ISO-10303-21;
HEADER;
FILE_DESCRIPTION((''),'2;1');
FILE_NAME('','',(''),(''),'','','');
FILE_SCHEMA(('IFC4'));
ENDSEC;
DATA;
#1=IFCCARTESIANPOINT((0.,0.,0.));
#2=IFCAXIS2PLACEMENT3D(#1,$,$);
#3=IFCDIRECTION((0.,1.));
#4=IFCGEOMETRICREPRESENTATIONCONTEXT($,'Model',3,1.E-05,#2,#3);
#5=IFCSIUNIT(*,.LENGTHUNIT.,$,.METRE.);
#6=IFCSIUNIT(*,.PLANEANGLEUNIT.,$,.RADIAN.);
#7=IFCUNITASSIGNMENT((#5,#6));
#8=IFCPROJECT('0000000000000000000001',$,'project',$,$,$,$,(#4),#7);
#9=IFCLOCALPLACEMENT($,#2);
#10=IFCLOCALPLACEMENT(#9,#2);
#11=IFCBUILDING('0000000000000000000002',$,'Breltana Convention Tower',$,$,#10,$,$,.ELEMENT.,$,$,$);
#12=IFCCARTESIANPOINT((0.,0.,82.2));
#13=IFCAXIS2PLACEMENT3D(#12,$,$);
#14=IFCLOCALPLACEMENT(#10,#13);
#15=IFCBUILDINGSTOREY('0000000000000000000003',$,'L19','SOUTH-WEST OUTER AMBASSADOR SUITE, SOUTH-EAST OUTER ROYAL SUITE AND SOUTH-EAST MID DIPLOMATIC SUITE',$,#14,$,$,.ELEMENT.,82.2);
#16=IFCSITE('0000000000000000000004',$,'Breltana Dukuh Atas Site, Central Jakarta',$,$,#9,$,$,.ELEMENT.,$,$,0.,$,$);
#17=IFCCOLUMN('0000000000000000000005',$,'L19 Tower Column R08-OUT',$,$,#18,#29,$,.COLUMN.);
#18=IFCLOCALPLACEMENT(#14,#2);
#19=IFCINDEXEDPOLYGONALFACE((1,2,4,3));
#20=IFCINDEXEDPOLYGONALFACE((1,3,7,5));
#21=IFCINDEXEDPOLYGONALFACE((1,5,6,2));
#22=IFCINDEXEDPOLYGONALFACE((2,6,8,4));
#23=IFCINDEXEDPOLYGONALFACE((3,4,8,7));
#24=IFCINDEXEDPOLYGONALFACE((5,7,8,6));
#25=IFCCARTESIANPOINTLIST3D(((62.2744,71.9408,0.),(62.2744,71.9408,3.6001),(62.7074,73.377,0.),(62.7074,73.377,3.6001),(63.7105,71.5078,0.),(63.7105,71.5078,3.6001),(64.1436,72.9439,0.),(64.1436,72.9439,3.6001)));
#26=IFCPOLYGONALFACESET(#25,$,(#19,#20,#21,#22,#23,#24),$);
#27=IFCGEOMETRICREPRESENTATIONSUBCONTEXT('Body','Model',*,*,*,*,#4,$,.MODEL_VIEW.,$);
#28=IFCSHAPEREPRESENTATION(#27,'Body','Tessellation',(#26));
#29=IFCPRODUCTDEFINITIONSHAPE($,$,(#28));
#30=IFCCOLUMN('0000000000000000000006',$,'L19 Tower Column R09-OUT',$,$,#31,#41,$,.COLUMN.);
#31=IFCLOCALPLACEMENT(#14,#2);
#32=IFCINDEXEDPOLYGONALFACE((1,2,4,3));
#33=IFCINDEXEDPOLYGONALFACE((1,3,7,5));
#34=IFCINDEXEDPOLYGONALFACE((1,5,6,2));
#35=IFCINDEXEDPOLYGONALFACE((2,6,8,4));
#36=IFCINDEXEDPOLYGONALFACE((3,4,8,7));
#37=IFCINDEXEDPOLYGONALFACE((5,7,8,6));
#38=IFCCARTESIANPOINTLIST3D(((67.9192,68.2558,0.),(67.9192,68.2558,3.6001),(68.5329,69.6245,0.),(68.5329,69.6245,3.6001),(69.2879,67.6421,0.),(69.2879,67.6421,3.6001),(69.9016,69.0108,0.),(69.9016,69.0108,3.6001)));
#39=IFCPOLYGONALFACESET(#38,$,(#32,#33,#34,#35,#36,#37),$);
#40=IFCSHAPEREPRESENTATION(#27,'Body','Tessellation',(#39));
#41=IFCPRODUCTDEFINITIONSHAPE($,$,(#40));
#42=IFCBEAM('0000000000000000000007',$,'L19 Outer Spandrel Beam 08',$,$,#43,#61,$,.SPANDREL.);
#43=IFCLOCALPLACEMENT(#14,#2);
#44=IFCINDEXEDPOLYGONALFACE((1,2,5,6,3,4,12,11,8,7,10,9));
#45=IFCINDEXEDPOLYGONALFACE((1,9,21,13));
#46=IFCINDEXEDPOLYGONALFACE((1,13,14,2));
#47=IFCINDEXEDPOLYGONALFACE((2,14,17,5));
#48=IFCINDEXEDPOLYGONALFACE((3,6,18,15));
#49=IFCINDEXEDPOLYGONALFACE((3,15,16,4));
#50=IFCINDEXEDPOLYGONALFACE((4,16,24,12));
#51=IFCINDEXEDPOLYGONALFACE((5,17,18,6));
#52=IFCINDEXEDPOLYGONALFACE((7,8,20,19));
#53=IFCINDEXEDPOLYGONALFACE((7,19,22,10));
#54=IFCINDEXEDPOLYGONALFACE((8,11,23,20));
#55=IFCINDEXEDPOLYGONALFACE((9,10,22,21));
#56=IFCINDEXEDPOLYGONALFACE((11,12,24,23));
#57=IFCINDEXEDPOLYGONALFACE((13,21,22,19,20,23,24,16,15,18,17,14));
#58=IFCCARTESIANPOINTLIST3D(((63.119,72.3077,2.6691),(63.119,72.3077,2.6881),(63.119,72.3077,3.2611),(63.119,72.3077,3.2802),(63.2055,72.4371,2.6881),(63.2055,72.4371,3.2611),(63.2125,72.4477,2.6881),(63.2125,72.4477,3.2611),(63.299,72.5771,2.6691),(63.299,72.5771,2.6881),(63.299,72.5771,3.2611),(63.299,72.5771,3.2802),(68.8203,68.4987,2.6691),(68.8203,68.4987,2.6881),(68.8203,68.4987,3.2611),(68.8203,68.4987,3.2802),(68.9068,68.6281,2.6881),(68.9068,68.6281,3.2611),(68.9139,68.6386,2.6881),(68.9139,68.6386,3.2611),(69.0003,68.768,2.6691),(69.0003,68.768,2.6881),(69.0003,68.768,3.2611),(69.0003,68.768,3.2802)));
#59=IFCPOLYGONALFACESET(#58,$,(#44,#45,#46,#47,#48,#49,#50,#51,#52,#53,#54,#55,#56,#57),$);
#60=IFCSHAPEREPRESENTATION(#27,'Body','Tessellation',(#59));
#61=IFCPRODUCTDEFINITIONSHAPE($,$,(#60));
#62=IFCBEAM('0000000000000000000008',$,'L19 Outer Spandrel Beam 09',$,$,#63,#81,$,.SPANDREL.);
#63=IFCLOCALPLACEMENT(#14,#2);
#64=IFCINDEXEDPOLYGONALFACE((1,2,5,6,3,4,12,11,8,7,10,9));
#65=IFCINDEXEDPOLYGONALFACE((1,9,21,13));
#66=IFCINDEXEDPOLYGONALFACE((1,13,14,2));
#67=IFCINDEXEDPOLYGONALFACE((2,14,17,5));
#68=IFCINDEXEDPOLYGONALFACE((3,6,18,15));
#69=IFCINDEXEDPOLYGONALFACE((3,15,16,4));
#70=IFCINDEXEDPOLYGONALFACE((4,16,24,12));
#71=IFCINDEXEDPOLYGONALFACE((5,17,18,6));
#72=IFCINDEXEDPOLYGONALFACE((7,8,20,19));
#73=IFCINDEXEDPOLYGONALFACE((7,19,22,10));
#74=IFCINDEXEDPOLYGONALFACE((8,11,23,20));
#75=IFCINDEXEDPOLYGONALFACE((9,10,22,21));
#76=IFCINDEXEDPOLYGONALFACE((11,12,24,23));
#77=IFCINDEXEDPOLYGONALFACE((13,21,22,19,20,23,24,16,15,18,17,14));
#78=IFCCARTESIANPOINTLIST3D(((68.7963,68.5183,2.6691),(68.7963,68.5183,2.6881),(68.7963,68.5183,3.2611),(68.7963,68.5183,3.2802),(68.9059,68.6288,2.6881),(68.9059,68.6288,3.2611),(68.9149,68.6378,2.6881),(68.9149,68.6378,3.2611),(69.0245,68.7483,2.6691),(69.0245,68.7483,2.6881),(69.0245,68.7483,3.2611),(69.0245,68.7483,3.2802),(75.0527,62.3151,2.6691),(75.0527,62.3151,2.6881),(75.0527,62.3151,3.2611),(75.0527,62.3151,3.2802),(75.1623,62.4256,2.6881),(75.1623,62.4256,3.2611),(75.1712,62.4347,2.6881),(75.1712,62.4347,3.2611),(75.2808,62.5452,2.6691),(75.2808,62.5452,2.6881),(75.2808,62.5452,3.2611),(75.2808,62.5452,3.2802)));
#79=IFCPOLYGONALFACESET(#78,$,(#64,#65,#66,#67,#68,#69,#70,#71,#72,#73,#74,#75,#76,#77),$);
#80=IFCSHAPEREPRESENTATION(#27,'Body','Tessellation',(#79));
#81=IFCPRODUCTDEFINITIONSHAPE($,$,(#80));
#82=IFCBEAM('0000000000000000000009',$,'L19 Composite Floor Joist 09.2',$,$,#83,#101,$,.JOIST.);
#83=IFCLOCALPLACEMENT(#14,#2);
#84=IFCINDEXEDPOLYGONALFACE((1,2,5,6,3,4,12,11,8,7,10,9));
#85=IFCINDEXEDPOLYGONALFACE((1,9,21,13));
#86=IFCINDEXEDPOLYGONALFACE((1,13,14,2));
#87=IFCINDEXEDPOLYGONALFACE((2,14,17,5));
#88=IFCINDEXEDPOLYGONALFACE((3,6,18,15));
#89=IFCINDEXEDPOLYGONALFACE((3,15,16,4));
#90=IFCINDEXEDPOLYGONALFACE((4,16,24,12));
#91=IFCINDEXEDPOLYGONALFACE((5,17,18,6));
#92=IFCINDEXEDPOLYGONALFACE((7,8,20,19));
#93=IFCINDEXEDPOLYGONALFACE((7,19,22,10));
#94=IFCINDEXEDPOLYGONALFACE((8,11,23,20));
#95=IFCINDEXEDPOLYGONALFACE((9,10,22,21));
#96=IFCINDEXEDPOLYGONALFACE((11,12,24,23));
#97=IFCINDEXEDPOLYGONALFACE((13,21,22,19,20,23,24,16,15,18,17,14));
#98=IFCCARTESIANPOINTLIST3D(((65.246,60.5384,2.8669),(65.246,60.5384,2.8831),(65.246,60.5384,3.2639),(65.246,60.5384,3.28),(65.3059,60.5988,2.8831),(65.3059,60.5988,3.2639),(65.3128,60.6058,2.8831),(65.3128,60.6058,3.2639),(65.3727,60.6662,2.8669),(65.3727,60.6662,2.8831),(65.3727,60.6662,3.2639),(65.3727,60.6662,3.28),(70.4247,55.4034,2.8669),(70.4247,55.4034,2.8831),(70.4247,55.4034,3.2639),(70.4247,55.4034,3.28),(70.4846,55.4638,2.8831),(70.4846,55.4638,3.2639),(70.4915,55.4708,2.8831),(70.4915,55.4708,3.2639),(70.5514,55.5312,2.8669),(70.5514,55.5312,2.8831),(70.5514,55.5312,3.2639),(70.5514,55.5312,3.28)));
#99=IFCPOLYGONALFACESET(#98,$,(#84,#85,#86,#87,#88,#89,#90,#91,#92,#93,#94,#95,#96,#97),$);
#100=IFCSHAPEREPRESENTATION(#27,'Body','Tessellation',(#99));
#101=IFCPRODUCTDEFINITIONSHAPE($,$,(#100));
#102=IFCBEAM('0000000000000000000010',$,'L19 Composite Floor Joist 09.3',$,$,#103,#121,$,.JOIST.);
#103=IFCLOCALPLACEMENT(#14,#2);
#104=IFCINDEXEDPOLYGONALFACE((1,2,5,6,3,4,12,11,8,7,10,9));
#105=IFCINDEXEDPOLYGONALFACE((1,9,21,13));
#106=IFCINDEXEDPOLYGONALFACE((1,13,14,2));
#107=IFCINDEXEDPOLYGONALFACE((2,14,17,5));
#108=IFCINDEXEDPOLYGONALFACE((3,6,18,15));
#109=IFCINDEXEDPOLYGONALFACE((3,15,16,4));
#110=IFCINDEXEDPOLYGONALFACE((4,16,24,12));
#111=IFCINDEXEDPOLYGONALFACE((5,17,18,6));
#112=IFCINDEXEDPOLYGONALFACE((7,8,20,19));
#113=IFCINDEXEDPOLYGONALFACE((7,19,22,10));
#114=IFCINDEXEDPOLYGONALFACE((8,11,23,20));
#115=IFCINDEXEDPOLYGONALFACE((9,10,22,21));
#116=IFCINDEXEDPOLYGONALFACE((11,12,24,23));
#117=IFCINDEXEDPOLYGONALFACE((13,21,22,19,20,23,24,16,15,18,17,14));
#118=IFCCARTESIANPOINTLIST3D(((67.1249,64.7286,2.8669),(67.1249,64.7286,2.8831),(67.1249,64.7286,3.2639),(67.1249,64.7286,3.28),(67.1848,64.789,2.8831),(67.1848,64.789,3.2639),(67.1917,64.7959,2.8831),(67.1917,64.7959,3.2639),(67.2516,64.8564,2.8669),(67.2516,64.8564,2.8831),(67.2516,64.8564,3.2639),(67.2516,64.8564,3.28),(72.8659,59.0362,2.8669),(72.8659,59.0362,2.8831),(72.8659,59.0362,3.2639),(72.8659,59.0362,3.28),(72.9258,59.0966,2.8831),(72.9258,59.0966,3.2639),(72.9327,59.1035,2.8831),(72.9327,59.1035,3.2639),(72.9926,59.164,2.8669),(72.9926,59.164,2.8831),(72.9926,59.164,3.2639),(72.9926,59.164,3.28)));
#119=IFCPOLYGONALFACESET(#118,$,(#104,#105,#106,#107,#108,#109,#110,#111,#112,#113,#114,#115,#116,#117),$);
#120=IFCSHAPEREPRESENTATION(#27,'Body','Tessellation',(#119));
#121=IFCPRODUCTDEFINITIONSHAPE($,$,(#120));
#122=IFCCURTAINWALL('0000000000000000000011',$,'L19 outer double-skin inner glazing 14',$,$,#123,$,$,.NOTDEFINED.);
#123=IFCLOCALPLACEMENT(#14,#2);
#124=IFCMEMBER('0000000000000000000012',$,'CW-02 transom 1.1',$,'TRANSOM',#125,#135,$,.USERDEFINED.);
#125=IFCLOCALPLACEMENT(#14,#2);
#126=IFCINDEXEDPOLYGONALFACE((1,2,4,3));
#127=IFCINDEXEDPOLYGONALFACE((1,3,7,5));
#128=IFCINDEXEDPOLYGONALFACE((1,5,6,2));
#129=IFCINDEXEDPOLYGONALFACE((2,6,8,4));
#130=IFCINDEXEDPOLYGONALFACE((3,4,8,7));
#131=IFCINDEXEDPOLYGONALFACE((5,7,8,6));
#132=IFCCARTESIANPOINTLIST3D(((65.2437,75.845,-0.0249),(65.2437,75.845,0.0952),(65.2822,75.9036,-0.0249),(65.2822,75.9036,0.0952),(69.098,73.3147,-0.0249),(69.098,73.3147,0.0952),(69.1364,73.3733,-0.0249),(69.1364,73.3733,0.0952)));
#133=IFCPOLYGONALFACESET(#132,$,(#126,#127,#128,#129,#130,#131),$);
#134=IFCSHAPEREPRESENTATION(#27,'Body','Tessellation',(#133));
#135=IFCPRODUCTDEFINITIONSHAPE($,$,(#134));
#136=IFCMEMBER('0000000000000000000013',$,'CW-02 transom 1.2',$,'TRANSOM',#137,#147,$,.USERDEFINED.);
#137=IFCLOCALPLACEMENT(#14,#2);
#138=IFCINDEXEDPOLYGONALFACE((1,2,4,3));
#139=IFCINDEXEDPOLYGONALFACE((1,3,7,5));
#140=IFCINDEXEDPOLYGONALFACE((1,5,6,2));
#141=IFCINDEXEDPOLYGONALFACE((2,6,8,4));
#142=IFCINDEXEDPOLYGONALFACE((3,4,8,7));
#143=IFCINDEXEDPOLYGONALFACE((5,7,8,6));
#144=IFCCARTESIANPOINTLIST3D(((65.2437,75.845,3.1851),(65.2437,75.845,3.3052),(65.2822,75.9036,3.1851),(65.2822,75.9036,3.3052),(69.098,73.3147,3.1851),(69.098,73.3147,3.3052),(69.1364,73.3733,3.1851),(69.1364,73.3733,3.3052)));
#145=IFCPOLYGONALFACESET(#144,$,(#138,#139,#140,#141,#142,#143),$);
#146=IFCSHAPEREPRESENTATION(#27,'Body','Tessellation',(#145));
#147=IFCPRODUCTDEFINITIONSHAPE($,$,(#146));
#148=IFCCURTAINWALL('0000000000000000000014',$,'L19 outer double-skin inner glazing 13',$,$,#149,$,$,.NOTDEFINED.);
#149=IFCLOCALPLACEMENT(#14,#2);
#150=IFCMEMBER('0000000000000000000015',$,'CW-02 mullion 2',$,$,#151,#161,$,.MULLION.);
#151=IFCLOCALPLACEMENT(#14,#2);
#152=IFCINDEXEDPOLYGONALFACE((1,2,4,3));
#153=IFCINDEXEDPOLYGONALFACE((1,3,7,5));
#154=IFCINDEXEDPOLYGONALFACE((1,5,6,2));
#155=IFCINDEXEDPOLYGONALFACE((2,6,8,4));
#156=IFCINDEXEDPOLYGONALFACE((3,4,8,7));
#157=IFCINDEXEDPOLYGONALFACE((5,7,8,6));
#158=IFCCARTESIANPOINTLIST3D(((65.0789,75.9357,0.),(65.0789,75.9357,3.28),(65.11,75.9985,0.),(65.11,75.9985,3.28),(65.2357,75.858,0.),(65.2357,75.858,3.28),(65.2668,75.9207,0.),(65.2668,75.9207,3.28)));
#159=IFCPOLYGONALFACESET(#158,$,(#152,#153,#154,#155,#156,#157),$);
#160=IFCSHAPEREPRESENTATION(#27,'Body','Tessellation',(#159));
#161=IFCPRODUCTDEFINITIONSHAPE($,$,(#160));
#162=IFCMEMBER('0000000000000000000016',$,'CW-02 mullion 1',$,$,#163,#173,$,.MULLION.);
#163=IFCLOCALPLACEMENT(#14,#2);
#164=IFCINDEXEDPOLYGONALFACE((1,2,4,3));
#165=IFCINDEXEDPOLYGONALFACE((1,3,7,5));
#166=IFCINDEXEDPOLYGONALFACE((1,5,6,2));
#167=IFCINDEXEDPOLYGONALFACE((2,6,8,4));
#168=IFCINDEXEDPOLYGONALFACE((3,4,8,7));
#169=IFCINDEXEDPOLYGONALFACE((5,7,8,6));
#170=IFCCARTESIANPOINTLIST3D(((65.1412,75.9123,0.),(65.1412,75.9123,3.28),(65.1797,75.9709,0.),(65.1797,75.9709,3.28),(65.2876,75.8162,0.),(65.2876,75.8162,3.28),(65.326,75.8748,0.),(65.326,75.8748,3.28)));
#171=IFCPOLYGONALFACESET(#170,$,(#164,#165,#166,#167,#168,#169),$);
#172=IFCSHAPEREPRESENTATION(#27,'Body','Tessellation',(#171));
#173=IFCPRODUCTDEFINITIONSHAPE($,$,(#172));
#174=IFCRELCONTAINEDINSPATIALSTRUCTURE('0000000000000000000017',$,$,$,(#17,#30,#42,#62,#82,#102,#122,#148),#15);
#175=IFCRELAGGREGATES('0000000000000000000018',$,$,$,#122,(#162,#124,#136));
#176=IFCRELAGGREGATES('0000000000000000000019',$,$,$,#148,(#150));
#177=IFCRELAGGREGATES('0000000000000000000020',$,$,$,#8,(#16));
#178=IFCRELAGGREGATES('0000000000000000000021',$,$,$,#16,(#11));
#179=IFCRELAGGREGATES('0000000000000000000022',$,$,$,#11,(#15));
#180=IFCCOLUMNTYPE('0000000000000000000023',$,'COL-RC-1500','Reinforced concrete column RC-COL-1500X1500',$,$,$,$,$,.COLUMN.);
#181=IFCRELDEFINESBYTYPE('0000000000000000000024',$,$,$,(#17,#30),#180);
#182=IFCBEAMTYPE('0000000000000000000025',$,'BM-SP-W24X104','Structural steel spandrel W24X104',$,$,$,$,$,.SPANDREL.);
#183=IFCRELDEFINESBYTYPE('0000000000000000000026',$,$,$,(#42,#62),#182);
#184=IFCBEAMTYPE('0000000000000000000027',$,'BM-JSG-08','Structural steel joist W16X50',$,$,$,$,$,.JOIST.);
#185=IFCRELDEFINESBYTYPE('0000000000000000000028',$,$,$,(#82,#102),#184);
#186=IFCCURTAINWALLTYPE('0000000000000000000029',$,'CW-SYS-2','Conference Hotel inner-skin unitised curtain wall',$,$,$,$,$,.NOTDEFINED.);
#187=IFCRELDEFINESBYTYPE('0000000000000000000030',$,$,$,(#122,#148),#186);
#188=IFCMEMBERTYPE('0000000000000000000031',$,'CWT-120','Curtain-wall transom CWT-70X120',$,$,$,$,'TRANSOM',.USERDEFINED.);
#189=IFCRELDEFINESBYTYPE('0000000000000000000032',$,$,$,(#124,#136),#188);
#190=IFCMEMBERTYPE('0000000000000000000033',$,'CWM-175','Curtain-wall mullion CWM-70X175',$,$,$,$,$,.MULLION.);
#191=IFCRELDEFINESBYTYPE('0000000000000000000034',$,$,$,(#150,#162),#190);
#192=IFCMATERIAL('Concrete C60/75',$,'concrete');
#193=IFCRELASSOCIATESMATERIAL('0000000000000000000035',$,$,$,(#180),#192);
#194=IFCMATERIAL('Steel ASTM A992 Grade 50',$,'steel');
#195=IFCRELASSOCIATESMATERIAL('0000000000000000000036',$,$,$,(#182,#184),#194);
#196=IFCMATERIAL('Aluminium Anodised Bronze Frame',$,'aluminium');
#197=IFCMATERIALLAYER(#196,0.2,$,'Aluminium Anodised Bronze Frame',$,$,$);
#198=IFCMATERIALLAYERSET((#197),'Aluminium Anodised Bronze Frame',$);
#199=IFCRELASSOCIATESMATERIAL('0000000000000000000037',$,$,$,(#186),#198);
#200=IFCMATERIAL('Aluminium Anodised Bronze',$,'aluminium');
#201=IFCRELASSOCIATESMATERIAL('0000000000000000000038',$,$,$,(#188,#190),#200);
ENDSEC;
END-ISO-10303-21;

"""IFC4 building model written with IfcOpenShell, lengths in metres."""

from ifc_helpers import new_model, si_unit, direction, frame, origin, origin_2d, place, context, subcontext, project, spatial, rectangle, i_section, extrude, source, transform, mapped, material, layer, layer_set, material_profile, profile_set, type_object, element, aggregate, save


model = new_model("IFC4")

# Units and contexts
model_context = context("Model", 3, precision=1e-05, world=origin(), true_north=direction((0.0, 1.0)))
body_context = subcontext(model_context, "Body", "Model", "MODEL_VIEW")
ifc_project = project(units=[si_unit("LENGTHUNIT", "METRE"), si_unit("PLANEANGLEUNIT", "RADIAN")], contexts=[model_context])

# Site, building, storey
site_placement = place(None, origin())
site = spatial("IfcSite", under=ifc_project, at=site_placement, Name="Breltana Dukuh Atas Site, Central Jakarta", CompositionType="ELEMENT", RefElevation=0.0)
building_placement = place(site_placement, origin())
building = spatial("IfcBuilding", under=site, at=building_placement, Name="Breltana Convention Tower", CompositionType="ELEMENT")
storey_placement = place(building_placement, frame((0.0, 0.0, 82.2)))
storey = spatial("IfcBuildingStorey", under=building, at=storey_placement, Name="L19", Description="SOUTH-WEST OUTER AMBASSADOR SUITE, SOUTH-EAST OUTER ROYAL SUITE AND SOUTH-EAST MID DIPLOMATIC SUITE", CompositionType="ELEMENT", Elevation=82.2)

# Columns
ifc_material_1 = material(Name="Concrete C60/75", Category="concrete")
ifc_material_profile_1 = material_profile(ifc_material_1, rectangle(XDim=1.5, YDim=1.5, at=origin_2d()), Name="RC-COL-1500X1500")
ifc_profile_set_1 = profile_set([ifc_material_profile_1], Name="Concrete C60/75")
column_type = type_object("IfcColumnType", Name="COL-RC-1500", Description="Reinforced concrete column RC-COL-1500X1500", PredefinedType="COLUMN", material=ifc_profile_set_1)
shared_shape_1 = source(origin(), body_context, "Body", "SweptSolid", [
    extrude(rectangle(XDim=1.5, YDim=1.5, at=origin_2d()), origin(), (0.0, 0.0, 1.0), 3.6001),
])
for number, where, z_axis, x_axis, name in (
    (1, (63.209, 72.4424, 0.0), (0.0, 0.0, 1.0), (0.288698, 0.95742, 0.0), "L19 Tower Column R08-OUT"),
    (2, (68.9104, 68.6333, 0.0), (0.0, 0.0, 1.0), (0.409127, 0.912477, 0.0), "L19 Tower Column R09-OUT"),
):
    element("IfcColumn", number, at=place(storey_placement, frame(where, z_axis=z_axis, x_axis=x_axis)), inside=storey, type_object=column_type, Name=name, PredefinedType="COLUMN", context=body_context, shape_type="MappedRepresentation", body=[
        mapped(shared_shape_1, transform((0.0, 0.0, 0.0), scale=1.0)),
    ])

# Beams
ifc_material_2 = material(Name="Steel ASTM A992 Grade 50", Category="steel")
ifc_material_profile_2 = material_profile(ifc_material_2, i_section(OverallWidth=0.324, OverallDepth=0.6111, WebThickness=0.0127, FlangeThickness=0.019, at=origin_2d()), Name="W24X104")
ifc_profile_set_2 = profile_set([ifc_material_profile_2], Name="Steel ASTM A992 Grade 50")
beam_type_1 = type_object("IfcBeamType", Name="BM-SP-W24X104", Description="Structural steel spandrel W24X104", PredefinedType="SPANDREL", material=ifc_profile_set_2)
shared_shape_2 = source(origin(), body_context, "Body", "SweptSolid", [
    extrude(i_section(OverallWidth=0.324, OverallDepth=0.6111, WebThickness=0.0127, FlangeThickness=0.019, at=origin_2d()), origin(), (0.0, 0.0, 1.0), 6.8567),
])
beam_1_placement = place(storey_placement, frame((63.209, 72.4424, 2.9746), z_axis=(0.831502, -0.555522, 0.0), x_axis=(0.555522, 0.831502, 0.0)))
element("IfcBeam", 3, at=beam_1_placement, inside=storey, type_object=beam_type_1, Name="L19 Outer Spandrel Beam 08", PredefinedType="SPANDREL", context=body_context, shape_type="MappedRepresentation", body=[
    mapped(shared_shape_2, transform((0.0, 0.0, 0.0), scale=1.0)),
])
shared_shape_3 = source(origin(), body_context, "Body", "SweptSolid", [
    extrude(i_section(OverallWidth=0.324, OverallDepth=0.6111, WebThickness=0.0127, FlangeThickness=0.019, at=origin_2d()), origin(), (0.0, 0.0, 1.0), 8.8103),
])
beam_2_placement = place(storey_placement, frame((68.9104, 68.6333, 2.9746), z_axis=(0.710121, -0.70408, 0.0), x_axis=(0.70408, 0.710121, 0.0)))
element("IfcBeam", 4, at=beam_2_placement, inside=storey, type_object=beam_type_1, Name="L19 Outer Spandrel Beam 09", PredefinedType="SPANDREL", context=body_context, shape_type="MappedRepresentation", body=[
    mapped(shared_shape_3, transform((0.0, 0.0, 0.0), scale=1.0)),
])
ifc_material_profile_3 = material_profile(ifc_material_2, i_section(OverallWidth=0.1799, OverallDepth=0.4131, WebThickness=0.0098, FlangeThickness=0.0161, at=origin_2d()), Name="W16X50")
ifc_profile_set_3 = profile_set([ifc_material_profile_3], Name="Steel ASTM A992 Grade 50")
beam_type_2 = type_object("IfcBeamType", Name="BM-JSG-08", Description="Structural steel joist W16X50", PredefinedType="JOIST", material=ifc_profile_set_3)
shared_shape_4 = source(origin(), body_context, "Body", "SweptSolid", [
    extrude(i_section(OverallWidth=0.1799, OverallDepth=0.4131, WebThickness=0.0098, FlangeThickness=0.0161, at=origin_2d()), origin(), (0.0, 0.0, 1.0), 7.293),
])
beam_3_placement = place(storey_placement, frame((65.3093, 60.6023, 3.0735), z_axis=(0.710097, -0.704104, 0.0), x_axis=(0.704104, 0.710097, 0.0)))
element("IfcBeam", 5, at=beam_3_placement, inside=storey, type_object=beam_type_2, Name="L19 Composite Floor Joist 09.2", PredefinedType="JOIST", context=body_context, shape_type="MappedRepresentation", body=[
    mapped(shared_shape_4, transform((0.0, 0.0, 0.0), scale=1.0)),
])
shared_shape_5 = source(origin(), body_context, "Body", "SweptSolid", [
    extrude(i_section(OverallWidth=0.1799, OverallDepth=0.4131, WebThickness=0.0098, FlangeThickness=0.0161, at=origin_2d()), origin(), (0.0, 0.0, 1.0), 8.0847),
])
beam_4_placement = place(storey_placement, frame((67.1882, 64.7925, 3.0735), z_axis=(0.710105, -0.704096, 0.0), x_axis=(0.704096, 0.710105, 0.0)))
element("IfcBeam", 6, at=beam_4_placement, inside=storey, type_object=beam_type_2, Name="L19 Composite Floor Joist 09.3", PredefinedType="JOIST", context=body_context, shape_type="MappedRepresentation", body=[
    mapped(shared_shape_5, transform((0.0, 0.0, 0.0), scale=1.0)),
])

# Curtain wall, members
ifc_material_3 = material(Name="Aluminium Anodised Bronze Frame", Category="aluminium")
ifc_layer_1 = layer(ifc_material_3, 0.2, Name="Aluminium Anodised Bronze Frame")
ifc_layer_set_1 = layer_set([ifc_layer_1], Name="Aluminium Anodised Bronze Frame")
curtain_wall_type = type_object("IfcCurtainWallType", Name="CW-SYS-2", Description="Conference Hotel inner-skin unitised curtain wall", PredefinedType="NOTDEFINED", material=ifc_layer_set_1)
curtain_wall_1_placement = place(storey_placement, origin())
curtain_wall_1 = element("IfcCurtainWall", 7, at=curtain_wall_1_placement, inside=storey, type_object=curtain_wall_type, Name="L19 outer double-skin inner glazing 14", PredefinedType="NOTDEFINED")
ifc_material_4 = material(Name="Aluminium Anodised Bronze", Category="aluminium")
ifc_material_profile_4 = material_profile(ifc_material_4, rectangle(XDim=0.0701, YDim=0.1201, at=origin_2d()), Name="CWT-70X120")
ifc_profile_set_4 = profile_set([ifc_material_profile_4], Name="Aluminium Anodised Bronze")
member_type_1 = type_object("IfcMemberType", Name="CWT-120", Description="Curtain-wall transom CWT-70X120", ElementType="TRANSOM", PredefinedType="USERDEFINED", material=ifc_profile_set_4)
shared_shape_6 = source(origin(), body_context, "Body", "SweptSolid", [
    extrude(rectangle(XDim=0.0701, YDim=0.1201, at=origin_2d()), origin(), (0.0, 0.0, 1.0), 4.6106),
])
member_1_placement = place(storey_placement, frame((65.2629, 75.8743, 0.0352), z_axis=(0.835956, -0.548796, 0.0), x_axis=(0.548796, 0.835956, 0.0)))
member_1 = element("IfcMember", 8, at=member_1_placement, type_object=member_type_1, Name="CW-02 transom 1.1", ObjectType="TRANSOM", PredefinedType="USERDEFINED", context=body_context, shape_type="MappedRepresentation", body=[
    mapped(shared_shape_6, transform((0.0, 0.0, 0.0), scale=1.0)),
])
member_2_placement = place(storey_placement, frame((65.2629, 75.8743, 3.2451), z_axis=(0.835956, -0.548796, 0.0), x_axis=(0.548796, 0.835956, 0.0)))
member_2 = element("IfcMember", 9, at=member_2_placement, type_object=member_type_1, Name="CW-02 transom 1.2", ObjectType="TRANSOM", PredefinedType="USERDEFINED", context=body_context, shape_type="MappedRepresentation", body=[
    mapped(shared_shape_6, transform((0.0, 0.0, 0.0), scale=1.0)),
])

# Curtain wall, member
curtain_wall_2_placement = place(storey_placement, origin())
curtain_wall_2 = element("IfcCurtainWall", 10, at=curtain_wall_2_placement, inside=storey, type_object=curtain_wall_type, Name="L19 outer double-skin inner glazing 13", PredefinedType="NOTDEFINED")
ifc_material_profile_5 = material_profile(ifc_material_4, rectangle(XDim=0.0701, YDim=0.175, at=origin_2d()), Name="CWM-70X175")
ifc_profile_set_5 = profile_set([ifc_material_profile_5], Name="Aluminium Anodised Bronze")
member_type_2 = type_object("IfcMemberType", Name="CWM-175", Description="Curtain-wall mullion CWM-70X175", PredefinedType="MULLION", material=ifc_profile_set_5)
shared_shape_7 = source(origin(), body_context, "Body", "SweptSolid", [
    extrude(rectangle(XDim=0.0701, YDim=0.175, at=origin_2d()), origin(), (0.0, 0.0, 1.0), 3.28),
])
member_3_placement = place(storey_placement, frame((65.1729, 75.9282, 0.0), z_axis=(0.0, 0.0, 1.0), x_axis=(0.444108, 0.895973, 0.0)))
member_3 = element("IfcMember", 11, at=member_3_placement, type_object=member_type_2, Name="CW-02 mullion 2", PredefinedType="MULLION", context=body_context, shape_type="MappedRepresentation", body=[
    mapped(shared_shape_7, transform((0.0, 0.0, 0.0), scale=1.0)),
])

# Member
member_4_placement = place(storey_placement, frame((65.2336, 75.8936, 0.0), z_axis=(0.0, 0.0, 1.0), x_axis=(0.548784, 0.835964, 0.0)))
member_4 = element("IfcMember", 12, at=member_4_placement, type_object=member_type_2, Name="CW-02 mullion 1", PredefinedType="MULLION", context=body_context, shape_type="MappedRepresentation", body=[
    mapped(shared_shape_7, transform((0.0, 0.0, 0.0), scale=1.0)),
])

aggregate(curtain_wall_1, [member_4, member_1, member_2])
aggregate(curtain_wall_2, [member_3])

save(model, "model.ifc")
